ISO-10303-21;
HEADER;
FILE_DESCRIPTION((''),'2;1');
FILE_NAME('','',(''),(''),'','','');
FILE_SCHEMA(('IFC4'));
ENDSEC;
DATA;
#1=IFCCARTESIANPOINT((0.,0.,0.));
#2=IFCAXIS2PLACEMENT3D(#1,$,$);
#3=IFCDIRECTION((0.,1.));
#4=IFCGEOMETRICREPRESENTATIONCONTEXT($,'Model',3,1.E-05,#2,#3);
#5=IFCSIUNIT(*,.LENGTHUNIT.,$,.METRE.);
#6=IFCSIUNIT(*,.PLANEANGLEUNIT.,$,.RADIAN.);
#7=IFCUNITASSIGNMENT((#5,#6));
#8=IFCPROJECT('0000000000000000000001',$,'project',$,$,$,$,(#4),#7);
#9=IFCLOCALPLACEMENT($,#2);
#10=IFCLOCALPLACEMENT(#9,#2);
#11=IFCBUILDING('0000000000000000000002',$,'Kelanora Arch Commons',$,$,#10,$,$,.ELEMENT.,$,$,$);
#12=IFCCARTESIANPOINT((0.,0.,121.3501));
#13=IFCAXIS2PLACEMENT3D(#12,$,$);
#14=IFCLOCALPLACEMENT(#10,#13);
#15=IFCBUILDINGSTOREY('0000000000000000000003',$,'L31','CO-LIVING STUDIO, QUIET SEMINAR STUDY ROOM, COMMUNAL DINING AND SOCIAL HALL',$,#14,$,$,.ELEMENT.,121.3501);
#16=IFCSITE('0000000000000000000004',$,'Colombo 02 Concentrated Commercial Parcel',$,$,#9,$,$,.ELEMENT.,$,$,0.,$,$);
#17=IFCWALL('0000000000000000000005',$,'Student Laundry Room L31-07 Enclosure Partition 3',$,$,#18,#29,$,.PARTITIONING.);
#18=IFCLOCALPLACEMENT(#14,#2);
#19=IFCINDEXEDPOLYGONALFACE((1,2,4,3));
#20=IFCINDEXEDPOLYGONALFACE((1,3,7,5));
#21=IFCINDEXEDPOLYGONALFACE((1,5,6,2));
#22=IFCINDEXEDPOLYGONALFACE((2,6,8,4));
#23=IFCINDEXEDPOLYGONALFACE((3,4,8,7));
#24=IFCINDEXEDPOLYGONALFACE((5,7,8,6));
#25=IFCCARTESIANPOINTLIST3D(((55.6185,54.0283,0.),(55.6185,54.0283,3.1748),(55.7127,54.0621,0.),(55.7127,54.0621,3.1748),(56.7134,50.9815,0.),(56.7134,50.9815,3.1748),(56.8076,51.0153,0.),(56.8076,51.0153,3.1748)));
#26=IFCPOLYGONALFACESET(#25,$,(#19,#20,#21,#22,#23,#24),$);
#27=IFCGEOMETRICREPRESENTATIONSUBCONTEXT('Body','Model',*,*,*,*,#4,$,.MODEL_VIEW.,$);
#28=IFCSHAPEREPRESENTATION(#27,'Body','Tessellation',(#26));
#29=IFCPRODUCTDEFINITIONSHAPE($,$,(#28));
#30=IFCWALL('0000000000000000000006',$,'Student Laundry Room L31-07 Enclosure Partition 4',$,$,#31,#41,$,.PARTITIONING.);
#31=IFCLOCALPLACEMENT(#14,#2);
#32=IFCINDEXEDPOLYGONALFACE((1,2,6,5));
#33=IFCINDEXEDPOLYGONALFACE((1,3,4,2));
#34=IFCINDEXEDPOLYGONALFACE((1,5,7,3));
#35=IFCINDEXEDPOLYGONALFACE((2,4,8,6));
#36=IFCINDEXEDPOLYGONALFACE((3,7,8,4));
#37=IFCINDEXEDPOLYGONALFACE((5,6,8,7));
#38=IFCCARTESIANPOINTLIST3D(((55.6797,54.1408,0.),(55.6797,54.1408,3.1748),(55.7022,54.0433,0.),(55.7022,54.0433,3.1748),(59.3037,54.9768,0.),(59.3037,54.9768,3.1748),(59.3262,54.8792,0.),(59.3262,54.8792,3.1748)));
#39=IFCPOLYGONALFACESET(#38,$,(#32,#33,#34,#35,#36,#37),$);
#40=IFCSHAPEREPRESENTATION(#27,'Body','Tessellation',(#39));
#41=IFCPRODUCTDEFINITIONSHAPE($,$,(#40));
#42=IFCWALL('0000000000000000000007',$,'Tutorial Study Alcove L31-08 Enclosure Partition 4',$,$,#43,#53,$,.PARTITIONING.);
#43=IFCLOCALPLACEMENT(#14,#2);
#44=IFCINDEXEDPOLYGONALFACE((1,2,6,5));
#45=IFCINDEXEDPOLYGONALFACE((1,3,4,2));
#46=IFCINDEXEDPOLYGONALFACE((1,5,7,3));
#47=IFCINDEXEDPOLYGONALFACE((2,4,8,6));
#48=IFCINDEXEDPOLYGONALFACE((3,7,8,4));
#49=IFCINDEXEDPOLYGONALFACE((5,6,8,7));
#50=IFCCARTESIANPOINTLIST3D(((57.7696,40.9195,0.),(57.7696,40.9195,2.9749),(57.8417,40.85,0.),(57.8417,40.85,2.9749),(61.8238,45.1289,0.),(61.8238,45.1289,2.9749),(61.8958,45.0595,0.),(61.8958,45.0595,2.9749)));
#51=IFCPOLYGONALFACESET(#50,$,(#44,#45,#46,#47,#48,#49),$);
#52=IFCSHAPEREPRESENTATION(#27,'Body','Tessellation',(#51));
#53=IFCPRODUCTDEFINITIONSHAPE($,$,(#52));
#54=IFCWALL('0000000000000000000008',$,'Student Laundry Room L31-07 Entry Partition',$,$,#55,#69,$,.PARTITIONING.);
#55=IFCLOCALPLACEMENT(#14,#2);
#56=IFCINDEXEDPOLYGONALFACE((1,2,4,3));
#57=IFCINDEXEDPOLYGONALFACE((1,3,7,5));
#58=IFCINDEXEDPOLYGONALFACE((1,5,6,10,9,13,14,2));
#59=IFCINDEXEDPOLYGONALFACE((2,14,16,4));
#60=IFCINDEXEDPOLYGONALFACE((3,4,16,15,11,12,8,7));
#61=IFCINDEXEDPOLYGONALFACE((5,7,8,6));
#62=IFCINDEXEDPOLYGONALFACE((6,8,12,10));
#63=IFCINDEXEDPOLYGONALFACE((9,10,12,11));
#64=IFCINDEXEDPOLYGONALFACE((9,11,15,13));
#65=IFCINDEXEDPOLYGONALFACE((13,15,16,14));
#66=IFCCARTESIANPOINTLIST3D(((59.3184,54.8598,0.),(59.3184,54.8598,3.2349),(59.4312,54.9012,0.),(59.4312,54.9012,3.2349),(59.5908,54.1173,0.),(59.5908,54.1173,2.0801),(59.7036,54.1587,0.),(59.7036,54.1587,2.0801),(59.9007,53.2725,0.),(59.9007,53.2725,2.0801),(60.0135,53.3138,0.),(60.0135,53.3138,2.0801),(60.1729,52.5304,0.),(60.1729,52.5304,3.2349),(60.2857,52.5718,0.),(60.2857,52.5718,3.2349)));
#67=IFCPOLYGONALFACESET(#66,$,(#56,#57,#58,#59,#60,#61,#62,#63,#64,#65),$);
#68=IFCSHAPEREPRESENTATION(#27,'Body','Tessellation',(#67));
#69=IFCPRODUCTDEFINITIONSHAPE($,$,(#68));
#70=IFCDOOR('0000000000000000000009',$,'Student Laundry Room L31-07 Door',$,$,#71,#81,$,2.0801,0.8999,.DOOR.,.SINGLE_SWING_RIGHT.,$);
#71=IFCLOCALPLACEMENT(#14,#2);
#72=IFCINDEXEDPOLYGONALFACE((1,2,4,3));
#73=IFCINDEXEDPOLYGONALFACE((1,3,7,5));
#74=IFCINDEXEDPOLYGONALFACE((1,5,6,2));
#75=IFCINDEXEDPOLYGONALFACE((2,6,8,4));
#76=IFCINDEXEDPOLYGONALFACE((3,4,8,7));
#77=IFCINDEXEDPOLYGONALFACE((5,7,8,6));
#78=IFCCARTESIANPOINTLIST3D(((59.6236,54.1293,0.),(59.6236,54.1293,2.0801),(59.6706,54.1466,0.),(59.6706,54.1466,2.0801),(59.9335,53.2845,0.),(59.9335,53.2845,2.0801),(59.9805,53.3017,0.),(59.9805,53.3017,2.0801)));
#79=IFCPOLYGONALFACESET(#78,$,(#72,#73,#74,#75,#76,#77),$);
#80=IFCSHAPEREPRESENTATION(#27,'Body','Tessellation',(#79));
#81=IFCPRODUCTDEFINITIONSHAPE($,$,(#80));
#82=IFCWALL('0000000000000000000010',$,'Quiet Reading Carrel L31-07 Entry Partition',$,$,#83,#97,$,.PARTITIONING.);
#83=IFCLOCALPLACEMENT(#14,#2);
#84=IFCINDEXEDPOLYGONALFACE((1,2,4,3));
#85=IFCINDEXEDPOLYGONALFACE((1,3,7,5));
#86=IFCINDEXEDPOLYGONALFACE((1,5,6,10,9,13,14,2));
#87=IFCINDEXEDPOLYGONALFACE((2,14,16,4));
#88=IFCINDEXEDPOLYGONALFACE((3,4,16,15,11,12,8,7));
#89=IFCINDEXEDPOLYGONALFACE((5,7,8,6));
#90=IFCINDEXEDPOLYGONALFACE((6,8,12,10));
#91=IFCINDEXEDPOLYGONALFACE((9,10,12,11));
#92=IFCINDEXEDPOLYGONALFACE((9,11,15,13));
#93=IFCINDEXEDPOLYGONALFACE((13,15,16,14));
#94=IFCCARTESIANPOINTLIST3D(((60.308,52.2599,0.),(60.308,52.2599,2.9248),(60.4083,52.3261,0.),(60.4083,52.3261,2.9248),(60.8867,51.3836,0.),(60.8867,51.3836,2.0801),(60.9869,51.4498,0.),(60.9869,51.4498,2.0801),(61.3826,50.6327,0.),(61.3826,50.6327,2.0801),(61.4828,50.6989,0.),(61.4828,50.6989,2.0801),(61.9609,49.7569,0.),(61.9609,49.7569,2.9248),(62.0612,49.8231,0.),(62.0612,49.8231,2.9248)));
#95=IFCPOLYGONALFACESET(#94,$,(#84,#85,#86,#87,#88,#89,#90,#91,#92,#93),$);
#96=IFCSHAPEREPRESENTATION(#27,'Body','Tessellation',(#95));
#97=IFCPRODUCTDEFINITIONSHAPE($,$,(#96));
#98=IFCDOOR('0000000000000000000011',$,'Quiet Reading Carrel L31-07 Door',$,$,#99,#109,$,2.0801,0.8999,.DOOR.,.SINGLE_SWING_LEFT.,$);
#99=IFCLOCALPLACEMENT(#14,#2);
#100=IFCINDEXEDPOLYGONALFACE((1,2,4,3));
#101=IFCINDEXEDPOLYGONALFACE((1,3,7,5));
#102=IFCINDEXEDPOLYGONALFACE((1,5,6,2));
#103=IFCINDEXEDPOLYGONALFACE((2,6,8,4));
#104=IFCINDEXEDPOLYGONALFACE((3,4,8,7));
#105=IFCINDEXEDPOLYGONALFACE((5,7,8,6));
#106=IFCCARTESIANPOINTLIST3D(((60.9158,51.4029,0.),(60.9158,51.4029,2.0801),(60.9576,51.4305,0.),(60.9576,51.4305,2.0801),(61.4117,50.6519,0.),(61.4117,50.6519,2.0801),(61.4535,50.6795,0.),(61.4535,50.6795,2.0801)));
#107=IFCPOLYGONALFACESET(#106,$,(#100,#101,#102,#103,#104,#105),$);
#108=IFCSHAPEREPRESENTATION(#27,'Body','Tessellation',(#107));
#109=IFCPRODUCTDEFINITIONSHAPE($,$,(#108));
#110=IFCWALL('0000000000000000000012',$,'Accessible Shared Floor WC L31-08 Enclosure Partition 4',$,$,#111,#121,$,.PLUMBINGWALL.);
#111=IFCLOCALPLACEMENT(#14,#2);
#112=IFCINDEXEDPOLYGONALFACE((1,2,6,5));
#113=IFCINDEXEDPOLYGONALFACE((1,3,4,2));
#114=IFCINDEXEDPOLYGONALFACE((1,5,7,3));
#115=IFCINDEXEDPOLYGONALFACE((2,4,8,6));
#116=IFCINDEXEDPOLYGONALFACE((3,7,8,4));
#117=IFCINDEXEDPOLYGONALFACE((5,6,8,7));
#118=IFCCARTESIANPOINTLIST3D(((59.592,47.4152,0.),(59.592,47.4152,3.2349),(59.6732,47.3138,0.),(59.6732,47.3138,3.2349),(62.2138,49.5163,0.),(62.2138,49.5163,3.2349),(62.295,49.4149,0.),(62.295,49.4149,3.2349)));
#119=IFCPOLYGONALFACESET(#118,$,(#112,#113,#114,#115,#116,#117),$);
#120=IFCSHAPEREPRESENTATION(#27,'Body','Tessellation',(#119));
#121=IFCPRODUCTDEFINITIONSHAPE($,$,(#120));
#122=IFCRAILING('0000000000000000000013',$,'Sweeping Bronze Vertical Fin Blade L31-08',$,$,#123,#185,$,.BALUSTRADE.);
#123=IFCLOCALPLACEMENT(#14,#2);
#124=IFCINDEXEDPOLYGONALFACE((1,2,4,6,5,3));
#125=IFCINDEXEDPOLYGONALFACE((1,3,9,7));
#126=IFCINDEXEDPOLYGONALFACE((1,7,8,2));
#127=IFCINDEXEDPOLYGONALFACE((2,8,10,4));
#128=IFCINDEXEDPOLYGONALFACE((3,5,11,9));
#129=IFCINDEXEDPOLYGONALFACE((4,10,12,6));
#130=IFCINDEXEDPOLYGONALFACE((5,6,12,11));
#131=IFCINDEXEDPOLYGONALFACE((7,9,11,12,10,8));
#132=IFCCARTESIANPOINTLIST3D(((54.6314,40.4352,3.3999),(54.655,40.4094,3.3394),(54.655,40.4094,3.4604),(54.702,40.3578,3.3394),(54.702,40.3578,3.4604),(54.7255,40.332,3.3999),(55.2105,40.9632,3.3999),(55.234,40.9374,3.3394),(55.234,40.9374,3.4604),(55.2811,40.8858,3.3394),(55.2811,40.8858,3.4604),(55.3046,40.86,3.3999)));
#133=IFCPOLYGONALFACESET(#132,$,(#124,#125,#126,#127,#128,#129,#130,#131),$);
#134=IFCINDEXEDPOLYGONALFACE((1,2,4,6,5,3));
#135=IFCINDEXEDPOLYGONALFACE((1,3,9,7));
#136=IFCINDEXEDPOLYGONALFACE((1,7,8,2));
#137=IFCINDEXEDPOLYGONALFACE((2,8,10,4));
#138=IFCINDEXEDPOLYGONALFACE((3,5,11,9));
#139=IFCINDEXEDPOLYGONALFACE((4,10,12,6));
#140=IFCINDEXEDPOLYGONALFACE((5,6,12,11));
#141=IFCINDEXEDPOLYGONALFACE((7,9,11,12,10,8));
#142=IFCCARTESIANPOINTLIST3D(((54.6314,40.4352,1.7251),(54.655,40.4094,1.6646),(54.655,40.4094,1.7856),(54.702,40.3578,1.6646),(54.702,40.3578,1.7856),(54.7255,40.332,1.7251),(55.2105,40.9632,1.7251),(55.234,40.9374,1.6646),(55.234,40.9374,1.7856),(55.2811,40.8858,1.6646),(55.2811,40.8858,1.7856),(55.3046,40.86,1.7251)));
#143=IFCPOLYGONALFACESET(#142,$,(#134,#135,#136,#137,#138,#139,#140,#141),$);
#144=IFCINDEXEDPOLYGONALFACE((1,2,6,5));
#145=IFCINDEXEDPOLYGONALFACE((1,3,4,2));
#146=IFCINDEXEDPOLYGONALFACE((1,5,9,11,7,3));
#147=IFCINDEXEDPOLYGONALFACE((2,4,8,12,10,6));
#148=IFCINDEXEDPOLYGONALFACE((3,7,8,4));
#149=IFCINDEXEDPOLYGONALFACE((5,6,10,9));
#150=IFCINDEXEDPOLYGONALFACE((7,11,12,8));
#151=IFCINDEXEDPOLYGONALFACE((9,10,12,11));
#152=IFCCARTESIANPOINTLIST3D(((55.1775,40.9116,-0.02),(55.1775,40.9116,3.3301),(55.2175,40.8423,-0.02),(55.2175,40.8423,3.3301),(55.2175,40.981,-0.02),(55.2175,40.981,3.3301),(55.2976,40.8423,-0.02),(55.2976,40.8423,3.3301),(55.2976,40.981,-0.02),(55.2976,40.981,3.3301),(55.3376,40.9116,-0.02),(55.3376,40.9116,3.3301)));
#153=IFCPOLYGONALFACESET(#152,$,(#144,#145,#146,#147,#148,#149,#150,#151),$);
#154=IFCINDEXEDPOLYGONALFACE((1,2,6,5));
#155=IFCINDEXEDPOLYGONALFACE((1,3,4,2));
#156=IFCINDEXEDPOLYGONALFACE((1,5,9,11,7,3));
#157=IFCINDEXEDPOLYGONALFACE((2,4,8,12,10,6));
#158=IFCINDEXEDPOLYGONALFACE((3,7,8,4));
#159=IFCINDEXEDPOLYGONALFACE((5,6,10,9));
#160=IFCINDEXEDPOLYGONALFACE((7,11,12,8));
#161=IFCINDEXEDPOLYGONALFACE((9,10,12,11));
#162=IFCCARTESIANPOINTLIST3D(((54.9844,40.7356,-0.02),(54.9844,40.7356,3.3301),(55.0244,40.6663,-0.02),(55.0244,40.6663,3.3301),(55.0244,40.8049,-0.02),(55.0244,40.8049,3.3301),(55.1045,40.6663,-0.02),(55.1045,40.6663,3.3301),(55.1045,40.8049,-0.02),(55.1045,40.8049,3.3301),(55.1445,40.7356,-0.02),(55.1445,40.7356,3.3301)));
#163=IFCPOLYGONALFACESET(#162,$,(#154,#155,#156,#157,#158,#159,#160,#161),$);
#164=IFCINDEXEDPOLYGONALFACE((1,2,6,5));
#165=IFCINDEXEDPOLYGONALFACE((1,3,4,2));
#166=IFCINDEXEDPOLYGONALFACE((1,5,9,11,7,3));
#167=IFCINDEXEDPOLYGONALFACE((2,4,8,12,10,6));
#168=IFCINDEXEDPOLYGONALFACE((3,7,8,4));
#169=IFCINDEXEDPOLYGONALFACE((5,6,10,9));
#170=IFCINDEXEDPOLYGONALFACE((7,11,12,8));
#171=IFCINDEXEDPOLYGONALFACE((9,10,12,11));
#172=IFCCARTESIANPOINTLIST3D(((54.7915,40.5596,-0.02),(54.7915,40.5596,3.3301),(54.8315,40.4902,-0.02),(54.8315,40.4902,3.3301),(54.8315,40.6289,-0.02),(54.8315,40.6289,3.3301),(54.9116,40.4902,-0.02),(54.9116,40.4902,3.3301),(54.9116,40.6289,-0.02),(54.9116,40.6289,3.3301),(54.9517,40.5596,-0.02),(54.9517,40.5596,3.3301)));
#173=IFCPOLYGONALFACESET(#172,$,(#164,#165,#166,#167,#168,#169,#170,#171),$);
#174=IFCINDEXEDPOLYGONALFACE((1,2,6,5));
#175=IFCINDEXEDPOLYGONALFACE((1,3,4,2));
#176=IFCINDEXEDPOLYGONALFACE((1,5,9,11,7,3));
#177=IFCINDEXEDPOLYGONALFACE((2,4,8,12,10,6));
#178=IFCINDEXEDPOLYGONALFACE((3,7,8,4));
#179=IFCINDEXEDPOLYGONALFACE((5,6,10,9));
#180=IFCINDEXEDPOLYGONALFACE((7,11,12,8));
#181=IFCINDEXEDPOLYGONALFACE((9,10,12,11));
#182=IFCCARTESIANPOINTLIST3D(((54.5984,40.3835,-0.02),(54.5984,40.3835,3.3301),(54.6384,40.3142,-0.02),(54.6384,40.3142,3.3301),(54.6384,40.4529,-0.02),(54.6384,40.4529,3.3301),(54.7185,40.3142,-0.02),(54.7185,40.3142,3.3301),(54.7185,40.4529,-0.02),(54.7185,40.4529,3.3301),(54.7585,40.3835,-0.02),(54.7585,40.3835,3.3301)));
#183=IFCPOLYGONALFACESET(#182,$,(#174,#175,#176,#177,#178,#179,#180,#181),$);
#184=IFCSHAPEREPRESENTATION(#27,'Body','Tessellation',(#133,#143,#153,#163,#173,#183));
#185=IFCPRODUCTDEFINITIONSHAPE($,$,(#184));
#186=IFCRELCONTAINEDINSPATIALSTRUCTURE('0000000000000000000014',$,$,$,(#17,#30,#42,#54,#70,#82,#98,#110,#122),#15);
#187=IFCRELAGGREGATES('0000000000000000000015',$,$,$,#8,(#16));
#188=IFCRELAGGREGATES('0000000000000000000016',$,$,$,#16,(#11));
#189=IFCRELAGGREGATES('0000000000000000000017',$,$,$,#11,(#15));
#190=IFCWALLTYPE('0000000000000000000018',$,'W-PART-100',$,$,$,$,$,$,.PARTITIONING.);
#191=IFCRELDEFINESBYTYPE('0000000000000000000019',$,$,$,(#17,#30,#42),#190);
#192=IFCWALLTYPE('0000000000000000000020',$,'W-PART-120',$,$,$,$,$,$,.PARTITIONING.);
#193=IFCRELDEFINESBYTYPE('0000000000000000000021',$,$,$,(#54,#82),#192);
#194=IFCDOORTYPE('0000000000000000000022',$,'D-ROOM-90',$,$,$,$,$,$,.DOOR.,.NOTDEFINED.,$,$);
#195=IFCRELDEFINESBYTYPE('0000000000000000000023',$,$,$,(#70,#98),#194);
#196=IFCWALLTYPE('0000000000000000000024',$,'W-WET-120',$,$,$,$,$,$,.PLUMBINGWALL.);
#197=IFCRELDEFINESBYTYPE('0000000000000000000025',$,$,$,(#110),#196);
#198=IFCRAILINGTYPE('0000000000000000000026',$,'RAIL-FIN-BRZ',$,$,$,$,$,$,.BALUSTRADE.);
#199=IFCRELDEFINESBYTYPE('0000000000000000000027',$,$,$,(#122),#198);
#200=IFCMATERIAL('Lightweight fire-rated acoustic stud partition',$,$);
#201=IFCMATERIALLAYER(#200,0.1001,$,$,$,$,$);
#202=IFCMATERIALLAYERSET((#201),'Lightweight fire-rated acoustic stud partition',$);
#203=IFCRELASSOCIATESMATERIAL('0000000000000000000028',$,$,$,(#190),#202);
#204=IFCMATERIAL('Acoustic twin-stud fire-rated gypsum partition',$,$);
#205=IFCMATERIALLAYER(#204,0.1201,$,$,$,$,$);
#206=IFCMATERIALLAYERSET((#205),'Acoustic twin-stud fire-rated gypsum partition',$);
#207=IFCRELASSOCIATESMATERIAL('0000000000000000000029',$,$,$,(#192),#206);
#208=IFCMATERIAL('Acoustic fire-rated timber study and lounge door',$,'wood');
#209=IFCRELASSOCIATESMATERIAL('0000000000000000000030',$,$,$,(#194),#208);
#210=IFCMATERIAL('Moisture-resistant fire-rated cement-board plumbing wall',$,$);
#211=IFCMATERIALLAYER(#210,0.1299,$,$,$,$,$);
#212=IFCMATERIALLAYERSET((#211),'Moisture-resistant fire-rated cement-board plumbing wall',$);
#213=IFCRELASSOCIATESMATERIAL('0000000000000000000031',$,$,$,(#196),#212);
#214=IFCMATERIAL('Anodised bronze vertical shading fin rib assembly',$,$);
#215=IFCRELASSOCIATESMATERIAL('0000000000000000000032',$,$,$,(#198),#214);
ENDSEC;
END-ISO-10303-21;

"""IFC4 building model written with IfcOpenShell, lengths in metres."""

from ifc_helpers import new_model, si_unit, direction, frame, frame_2d, origin, place, context, subcontext, project, spatial, polyline, rectangle, outline, extrude, material, layer, layer_set, type_object, element, fill, save


model = new_model("IFC4")

# Units and contexts
model_context = context("Model", 3, precision=1e-05, world=origin(), true_north=direction((0.0, 1.0)))
body_context = subcontext(model_context, "Body", "Model", "MODEL_VIEW")
ifc_project = project(units=[si_unit("LENGTHUNIT", "METRE"), si_unit("PLANEANGLEUNIT", "RADIAN")], contexts=[model_context])

# Site, building, storey
site_placement = place(None, origin())
site = spatial("IfcSite", under=ifc_project, at=site_placement, Name="Colombo 02 Concentrated Commercial Parcel", CompositionType="ELEMENT", RefElevation=0.0)
building_placement = place(site_placement, origin())
building = spatial("IfcBuilding", under=site, at=building_placement, Name="Kelanora Arch Commons", CompositionType="ELEMENT")
storey_placement = place(building_placement, frame((0.0, 0.0, 121.3501)))
storey = spatial("IfcBuildingStorey", under=building, at=storey_placement, Name="L31", Description="CO-LIVING STUDIO, QUIET SEMINAR STUDY ROOM, COMMUNAL DINING AND SOCIAL HALL", CompositionType="ELEMENT", Elevation=121.3501)

# Walls
ifc_material_1 = material(Name="Lightweight fire-rated acoustic stud partition")
ifc_layer_1 = layer(ifc_material_1, 0.1001)
ifc_layer_set_1 = layer_set([ifc_layer_1], Name="Lightweight fire-rated acoustic stud partition")
wall_type_1 = type_object("IfcWallType", Name="W-PART-100", PredefinedType="PARTITIONING", material=ifc_layer_set_1)
wall_1_placement = place(storey_placement, frame((56.7605, 50.9985, 0.0), z_axis=(0.0, 0.0, 1.0), x_axis=(-0.338199, 0.941075, 0.0)))
element("IfcWall", 1, at=wall_1_placement, inside=storey, type_object=wall_type_1, Name="Student Laundry Room L31-07 Enclosure Partition 3", PredefinedType="PARTITIONING", context=body_context, shape_type="SweptSolid", body=[
    extrude(rectangle(XDim=3.2375, YDim=0.1001, at=frame_2d((1.6187, 0.0))), origin(), (0.0, 0.0, 1.0), 3.1748),
])
wall_2_placement = place(storey_placement, frame((55.6909, 54.092, 0.0), z_axis=(0.0, 0.0, 1.0), x_axis=(0.974413, 0.224764, 0.0)))
element("IfcWall", 2, at=wall_2_placement, inside=storey, type_object=wall_type_1, Name="Student Laundry Room L31-07 Enclosure Partition 4", PredefinedType="PARTITIONING", context=body_context, shape_type="SweptSolid", body=[
    extrude(rectangle(XDim=3.7192, YDim=0.1001, at=frame_2d((1.8596, 0.0))), origin(), (0.0, 0.0, 1.0), 3.1748),
])
wall_3_placement = place(storey_placement, frame((57.8057, 40.8848, 0.0), z_axis=(0.0, 0.0, 1.0), x_axis=(0.693698, 0.720266, 0.0)))
element("IfcWall", 3, at=wall_3_placement, inside=storey, type_object=wall_type_1, Name="Tutorial Study Alcove L31-08 Enclosure Partition 4", PredefinedType="PARTITIONING", context=body_context, shape_type="SweptSolid", body=[
    extrude(rectangle(XDim=5.8442, YDim=0.1001, at=frame_2d((2.9221, 0.0))), origin(), (0.0, 0.0, 1.0), 2.9749),
])

# Walls, openings, doors
ifc_material_2 = material(Name="Acoustic twin-stud fire-rated gypsum partition")
ifc_layer_2 = layer(ifc_material_2, 0.1201)
ifc_layer_set_2 = layer_set([ifc_layer_2], Name="Acoustic twin-stud fire-rated gypsum partition")
wall_type_2 = type_object("IfcWallType", Name="W-PART-120", PredefinedType="PARTITIONING", material=ifc_layer_set_2)
wall_4_placement = place(storey_placement, frame((59.3748, 54.8806, 0.0), z_axis=(0.0, 0.0, 1.0), x_axis=(0.344396, -0.938824, 0.0)))
wall_4 = element("IfcWall", 4, at=wall_4_placement, inside=storey, type_object=wall_type_2, Name="Student Laundry Room L31-07 Entry Partition", PredefinedType="PARTITIONING", context=body_context, shape_type="SweptSolid", body=[
    extrude(rectangle(XDim=2.4812, YDim=0.1201, at=frame_2d((1.2407, 0.0))), origin(), (0.0, 0.0, 1.0), 3.2349),
])
opening_1_placement = place(wall_4_placement, frame((0.791, 0.0, 0.0)))
opening_1 = element("IfcOpeningElement", 5, at=opening_1_placement, cuts=wall_4, PredefinedType="OPENING", context=body_context, shape_type="SweptSolid", body=[
    extrude(rectangle(XDim=0.8999, YDim=2.0801, at=frame_2d((0.45, 1.04))), frame((0.0, 0.0701, 0.0), z_axis=(0.0, -1.0, 0.0), x_axis=(1.0, 0.0, 0.0)), (0.0, 0.0, 1.0), 0.1401),
])
ifc_material_3 = material(Name="Acoustic fire-rated timber study and lounge door", Category="wood")
door_type = type_object("IfcDoorType", Name="D-ROOM-90", OperationType="NOTDEFINED", PredefinedType="DOOR", material=ifc_material_3)
door_1_placement = place(opening_1_placement, origin())
door_1 = element("IfcDoor", 6, at=door_1_placement, inside=storey, type_object=door_type, Name="Student Laundry Room L31-07 Door", OperationType="SINGLE_SWING_RIGHT", OverallHeight=2.0801, OverallWidth=0.8999, PredefinedType="DOOR", context=body_context, shape_type="SweptSolid", body=[
    extrude(rectangle(XDim=0.8999, YDim=2.0801, at=frame_2d((0.45, 1.04))), frame((0.0, 0.0249, 0.0), z_axis=(0.0, -1.0, 0.0), x_axis=(1.0, 0.0, 0.0)), (0.0, 0.0, 1.0), 0.05),
])
fill(opening_1, door_1)
wall_5_placement = place(storey_placement, frame((60.3582, 52.293, 0.0), z_axis=(0.0, 0.0, 1.0), x_axis=(0.551051, -0.834472, 0.0)))
wall_5 = element("IfcWall", 7, at=wall_5_placement, inside=storey, type_object=wall_type_2, Name="Quiet Reading Carrel L31-07 Entry Partition", PredefinedType="PARTITIONING", context=body_context, shape_type="SweptSolid", body=[
    extrude(rectangle(XDim=2.9995, YDim=0.1201, at=frame_2d((1.4998, 0.0))), origin(), (0.0, 0.0, 1.0), 2.9248),
])
opening_2_placement = place(wall_5_placement, frame((1.05, 0.0, 0.0)))
opening_2 = element("IfcOpeningElement", 8, at=opening_2_placement, cuts=wall_5, PredefinedType="OPENING", context=body_context, shape_type="SweptSolid", body=[
    extrude(rectangle(XDim=0.8999, YDim=2.0801, at=frame_2d((0.45, 1.04))), frame((0.0, 0.0701, 0.0), z_axis=(0.0, -1.0, 0.0), x_axis=(1.0, 0.0, 0.0)), (0.0, 0.0, 1.0), 0.1401),
])
door_2_placement = place(opening_2_placement, origin())
door_2 = element("IfcDoor", 9, at=door_2_placement, inside=storey, type_object=door_type, Name="Quiet Reading Carrel L31-07 Door", OperationType="SINGLE_SWING_LEFT", OverallHeight=2.0801, OverallWidth=0.8999, PredefinedType="DOOR", context=body_context, shape_type="SweptSolid", body=[
    extrude(rectangle(XDim=0.8999, YDim=2.0801, at=frame_2d((0.45, 1.04))), frame((0.0, 0.0249, 0.0), z_axis=(0.0, -1.0, 0.0), x_axis=(1.0, 0.0, 0.0)), (0.0, 0.0, 1.0), 0.05),
])
fill(opening_2, door_2)

# Wall
ifc_material_4 = material(Name="Moisture-resistant fire-rated cement-board plumbing wall")
ifc_layer_3 = layer(ifc_material_4, 0.1299)
ifc_layer_set_3 = layer_set([ifc_layer_3], Name="Moisture-resistant fire-rated cement-board plumbing wall")
wall_type_3 = type_object("IfcWallType", Name="W-WET-120", PredefinedType="PLUMBINGWALL", material=ifc_layer_set_3)
wall_6_placement = place(storey_placement, frame((59.6326, 47.3645, 0.0), z_axis=(0.0, 0.0, 1.0), x_axis=(0.780344, 0.625351, 0.0)))
element("IfcWall", 10, at=wall_6_placement, inside=storey, type_object=wall_type_3, Name="Accessible Shared Floor WC L31-08 Enclosure Partition 4", PredefinedType="PLUMBINGWALL", context=body_context, shape_type="SweptSolid", body=[
    extrude(rectangle(XDim=3.3599, YDim=0.1299, at=frame_2d((1.6799, 0.0))), origin(), (0.0, 0.0, 1.0), 3.2349),
])

# Railing
ifc_material_5 = material(Name="Anodised bronze vertical shading fin rib assembly")
railing_type = type_object("IfcRailingType", Name="RAIL-FIN-BRZ", PredefinedType="BALUSTRADE", material=ifc_material_5)
railing_placement = place(storey_placement, frame((55.2576, 40.9116, -0.02)))
element("IfcRailing", 11, at=railing_placement, inside=storey, type_object=railing_type, Name="Sweeping Bronze Vertical Fin Blade L31-08", PredefinedType="BALUSTRADE", context=body_context, shape_type="SweptSolid", body=[
    extrude(outline(polyline([(0.0698, 0.0), (0.0349, 0.0605), (-0.0349, 0.0605), (-0.0698, 0.0), (-0.0349, -0.0605), (0.0349, -0.0605), (0.0698, 0.0)])), frame((0.0, 0.0, 3.4199), z_axis=(-0.73891, -0.673804, 0.0), x_axis=(0.673804, -0.73891, 0.0)), (0.0, 0.0, 1.0), 0.7837),
    extrude(outline(polyline([(0.0698, 0.0), (0.0349, 0.0605), (-0.0349, 0.0605), (-0.0698, 0.0), (-0.0349, -0.0605), (0.0349, -0.0605), (0.0698, 0.0)])), frame((0.0, 0.0, 1.7451), z_axis=(-0.73891, -0.673804, 0.0), x_axis=(0.673804, -0.73891, 0.0)), (0.0, 0.0, 1.0), 0.7837),
    extrude(outline(polyline([(0.0801, 0.0), (0.04, 0.0693), (-0.04, 0.0693), (-0.0801, 0.0), (-0.04, -0.0693), (0.04, -0.0693), (0.0801, 0.0)])), origin(), (0.0, 0.0, 1.0), 3.3501),
    extrude(outline(polyline([(0.0801, 0.0), (0.04, 0.0693), (-0.04, 0.0693), (-0.0801, 0.0), (-0.04, -0.0693), (0.04, -0.0693), (0.0801, 0.0)])), frame((-0.1931, -0.176, 0.0)), (0.0, 0.0, 1.0), 3.3501),
    extrude(outline(polyline([(0.0801, 0.0), (0.04, 0.0693), (-0.04, 0.0693), (-0.0801, 0.0), (-0.04, -0.0693), (0.04, -0.0693), (0.0801, 0.0)])), frame((-0.386, -0.3521, 0.0)), (0.0, 0.0, 1.0), 3.3501),
    extrude(outline(polyline([(0.0801, 0.0), (0.04, 0.0693), (-0.04, 0.0693), (-0.0801, 0.0), (-0.04, -0.0693), (0.04, -0.0693), (0.0801, 0.0)])), frame((-0.5791, -0.5281, 0.0)), (0.0, 0.0, 1.0), 3.3501),
])

save(model, "model.ifc")
